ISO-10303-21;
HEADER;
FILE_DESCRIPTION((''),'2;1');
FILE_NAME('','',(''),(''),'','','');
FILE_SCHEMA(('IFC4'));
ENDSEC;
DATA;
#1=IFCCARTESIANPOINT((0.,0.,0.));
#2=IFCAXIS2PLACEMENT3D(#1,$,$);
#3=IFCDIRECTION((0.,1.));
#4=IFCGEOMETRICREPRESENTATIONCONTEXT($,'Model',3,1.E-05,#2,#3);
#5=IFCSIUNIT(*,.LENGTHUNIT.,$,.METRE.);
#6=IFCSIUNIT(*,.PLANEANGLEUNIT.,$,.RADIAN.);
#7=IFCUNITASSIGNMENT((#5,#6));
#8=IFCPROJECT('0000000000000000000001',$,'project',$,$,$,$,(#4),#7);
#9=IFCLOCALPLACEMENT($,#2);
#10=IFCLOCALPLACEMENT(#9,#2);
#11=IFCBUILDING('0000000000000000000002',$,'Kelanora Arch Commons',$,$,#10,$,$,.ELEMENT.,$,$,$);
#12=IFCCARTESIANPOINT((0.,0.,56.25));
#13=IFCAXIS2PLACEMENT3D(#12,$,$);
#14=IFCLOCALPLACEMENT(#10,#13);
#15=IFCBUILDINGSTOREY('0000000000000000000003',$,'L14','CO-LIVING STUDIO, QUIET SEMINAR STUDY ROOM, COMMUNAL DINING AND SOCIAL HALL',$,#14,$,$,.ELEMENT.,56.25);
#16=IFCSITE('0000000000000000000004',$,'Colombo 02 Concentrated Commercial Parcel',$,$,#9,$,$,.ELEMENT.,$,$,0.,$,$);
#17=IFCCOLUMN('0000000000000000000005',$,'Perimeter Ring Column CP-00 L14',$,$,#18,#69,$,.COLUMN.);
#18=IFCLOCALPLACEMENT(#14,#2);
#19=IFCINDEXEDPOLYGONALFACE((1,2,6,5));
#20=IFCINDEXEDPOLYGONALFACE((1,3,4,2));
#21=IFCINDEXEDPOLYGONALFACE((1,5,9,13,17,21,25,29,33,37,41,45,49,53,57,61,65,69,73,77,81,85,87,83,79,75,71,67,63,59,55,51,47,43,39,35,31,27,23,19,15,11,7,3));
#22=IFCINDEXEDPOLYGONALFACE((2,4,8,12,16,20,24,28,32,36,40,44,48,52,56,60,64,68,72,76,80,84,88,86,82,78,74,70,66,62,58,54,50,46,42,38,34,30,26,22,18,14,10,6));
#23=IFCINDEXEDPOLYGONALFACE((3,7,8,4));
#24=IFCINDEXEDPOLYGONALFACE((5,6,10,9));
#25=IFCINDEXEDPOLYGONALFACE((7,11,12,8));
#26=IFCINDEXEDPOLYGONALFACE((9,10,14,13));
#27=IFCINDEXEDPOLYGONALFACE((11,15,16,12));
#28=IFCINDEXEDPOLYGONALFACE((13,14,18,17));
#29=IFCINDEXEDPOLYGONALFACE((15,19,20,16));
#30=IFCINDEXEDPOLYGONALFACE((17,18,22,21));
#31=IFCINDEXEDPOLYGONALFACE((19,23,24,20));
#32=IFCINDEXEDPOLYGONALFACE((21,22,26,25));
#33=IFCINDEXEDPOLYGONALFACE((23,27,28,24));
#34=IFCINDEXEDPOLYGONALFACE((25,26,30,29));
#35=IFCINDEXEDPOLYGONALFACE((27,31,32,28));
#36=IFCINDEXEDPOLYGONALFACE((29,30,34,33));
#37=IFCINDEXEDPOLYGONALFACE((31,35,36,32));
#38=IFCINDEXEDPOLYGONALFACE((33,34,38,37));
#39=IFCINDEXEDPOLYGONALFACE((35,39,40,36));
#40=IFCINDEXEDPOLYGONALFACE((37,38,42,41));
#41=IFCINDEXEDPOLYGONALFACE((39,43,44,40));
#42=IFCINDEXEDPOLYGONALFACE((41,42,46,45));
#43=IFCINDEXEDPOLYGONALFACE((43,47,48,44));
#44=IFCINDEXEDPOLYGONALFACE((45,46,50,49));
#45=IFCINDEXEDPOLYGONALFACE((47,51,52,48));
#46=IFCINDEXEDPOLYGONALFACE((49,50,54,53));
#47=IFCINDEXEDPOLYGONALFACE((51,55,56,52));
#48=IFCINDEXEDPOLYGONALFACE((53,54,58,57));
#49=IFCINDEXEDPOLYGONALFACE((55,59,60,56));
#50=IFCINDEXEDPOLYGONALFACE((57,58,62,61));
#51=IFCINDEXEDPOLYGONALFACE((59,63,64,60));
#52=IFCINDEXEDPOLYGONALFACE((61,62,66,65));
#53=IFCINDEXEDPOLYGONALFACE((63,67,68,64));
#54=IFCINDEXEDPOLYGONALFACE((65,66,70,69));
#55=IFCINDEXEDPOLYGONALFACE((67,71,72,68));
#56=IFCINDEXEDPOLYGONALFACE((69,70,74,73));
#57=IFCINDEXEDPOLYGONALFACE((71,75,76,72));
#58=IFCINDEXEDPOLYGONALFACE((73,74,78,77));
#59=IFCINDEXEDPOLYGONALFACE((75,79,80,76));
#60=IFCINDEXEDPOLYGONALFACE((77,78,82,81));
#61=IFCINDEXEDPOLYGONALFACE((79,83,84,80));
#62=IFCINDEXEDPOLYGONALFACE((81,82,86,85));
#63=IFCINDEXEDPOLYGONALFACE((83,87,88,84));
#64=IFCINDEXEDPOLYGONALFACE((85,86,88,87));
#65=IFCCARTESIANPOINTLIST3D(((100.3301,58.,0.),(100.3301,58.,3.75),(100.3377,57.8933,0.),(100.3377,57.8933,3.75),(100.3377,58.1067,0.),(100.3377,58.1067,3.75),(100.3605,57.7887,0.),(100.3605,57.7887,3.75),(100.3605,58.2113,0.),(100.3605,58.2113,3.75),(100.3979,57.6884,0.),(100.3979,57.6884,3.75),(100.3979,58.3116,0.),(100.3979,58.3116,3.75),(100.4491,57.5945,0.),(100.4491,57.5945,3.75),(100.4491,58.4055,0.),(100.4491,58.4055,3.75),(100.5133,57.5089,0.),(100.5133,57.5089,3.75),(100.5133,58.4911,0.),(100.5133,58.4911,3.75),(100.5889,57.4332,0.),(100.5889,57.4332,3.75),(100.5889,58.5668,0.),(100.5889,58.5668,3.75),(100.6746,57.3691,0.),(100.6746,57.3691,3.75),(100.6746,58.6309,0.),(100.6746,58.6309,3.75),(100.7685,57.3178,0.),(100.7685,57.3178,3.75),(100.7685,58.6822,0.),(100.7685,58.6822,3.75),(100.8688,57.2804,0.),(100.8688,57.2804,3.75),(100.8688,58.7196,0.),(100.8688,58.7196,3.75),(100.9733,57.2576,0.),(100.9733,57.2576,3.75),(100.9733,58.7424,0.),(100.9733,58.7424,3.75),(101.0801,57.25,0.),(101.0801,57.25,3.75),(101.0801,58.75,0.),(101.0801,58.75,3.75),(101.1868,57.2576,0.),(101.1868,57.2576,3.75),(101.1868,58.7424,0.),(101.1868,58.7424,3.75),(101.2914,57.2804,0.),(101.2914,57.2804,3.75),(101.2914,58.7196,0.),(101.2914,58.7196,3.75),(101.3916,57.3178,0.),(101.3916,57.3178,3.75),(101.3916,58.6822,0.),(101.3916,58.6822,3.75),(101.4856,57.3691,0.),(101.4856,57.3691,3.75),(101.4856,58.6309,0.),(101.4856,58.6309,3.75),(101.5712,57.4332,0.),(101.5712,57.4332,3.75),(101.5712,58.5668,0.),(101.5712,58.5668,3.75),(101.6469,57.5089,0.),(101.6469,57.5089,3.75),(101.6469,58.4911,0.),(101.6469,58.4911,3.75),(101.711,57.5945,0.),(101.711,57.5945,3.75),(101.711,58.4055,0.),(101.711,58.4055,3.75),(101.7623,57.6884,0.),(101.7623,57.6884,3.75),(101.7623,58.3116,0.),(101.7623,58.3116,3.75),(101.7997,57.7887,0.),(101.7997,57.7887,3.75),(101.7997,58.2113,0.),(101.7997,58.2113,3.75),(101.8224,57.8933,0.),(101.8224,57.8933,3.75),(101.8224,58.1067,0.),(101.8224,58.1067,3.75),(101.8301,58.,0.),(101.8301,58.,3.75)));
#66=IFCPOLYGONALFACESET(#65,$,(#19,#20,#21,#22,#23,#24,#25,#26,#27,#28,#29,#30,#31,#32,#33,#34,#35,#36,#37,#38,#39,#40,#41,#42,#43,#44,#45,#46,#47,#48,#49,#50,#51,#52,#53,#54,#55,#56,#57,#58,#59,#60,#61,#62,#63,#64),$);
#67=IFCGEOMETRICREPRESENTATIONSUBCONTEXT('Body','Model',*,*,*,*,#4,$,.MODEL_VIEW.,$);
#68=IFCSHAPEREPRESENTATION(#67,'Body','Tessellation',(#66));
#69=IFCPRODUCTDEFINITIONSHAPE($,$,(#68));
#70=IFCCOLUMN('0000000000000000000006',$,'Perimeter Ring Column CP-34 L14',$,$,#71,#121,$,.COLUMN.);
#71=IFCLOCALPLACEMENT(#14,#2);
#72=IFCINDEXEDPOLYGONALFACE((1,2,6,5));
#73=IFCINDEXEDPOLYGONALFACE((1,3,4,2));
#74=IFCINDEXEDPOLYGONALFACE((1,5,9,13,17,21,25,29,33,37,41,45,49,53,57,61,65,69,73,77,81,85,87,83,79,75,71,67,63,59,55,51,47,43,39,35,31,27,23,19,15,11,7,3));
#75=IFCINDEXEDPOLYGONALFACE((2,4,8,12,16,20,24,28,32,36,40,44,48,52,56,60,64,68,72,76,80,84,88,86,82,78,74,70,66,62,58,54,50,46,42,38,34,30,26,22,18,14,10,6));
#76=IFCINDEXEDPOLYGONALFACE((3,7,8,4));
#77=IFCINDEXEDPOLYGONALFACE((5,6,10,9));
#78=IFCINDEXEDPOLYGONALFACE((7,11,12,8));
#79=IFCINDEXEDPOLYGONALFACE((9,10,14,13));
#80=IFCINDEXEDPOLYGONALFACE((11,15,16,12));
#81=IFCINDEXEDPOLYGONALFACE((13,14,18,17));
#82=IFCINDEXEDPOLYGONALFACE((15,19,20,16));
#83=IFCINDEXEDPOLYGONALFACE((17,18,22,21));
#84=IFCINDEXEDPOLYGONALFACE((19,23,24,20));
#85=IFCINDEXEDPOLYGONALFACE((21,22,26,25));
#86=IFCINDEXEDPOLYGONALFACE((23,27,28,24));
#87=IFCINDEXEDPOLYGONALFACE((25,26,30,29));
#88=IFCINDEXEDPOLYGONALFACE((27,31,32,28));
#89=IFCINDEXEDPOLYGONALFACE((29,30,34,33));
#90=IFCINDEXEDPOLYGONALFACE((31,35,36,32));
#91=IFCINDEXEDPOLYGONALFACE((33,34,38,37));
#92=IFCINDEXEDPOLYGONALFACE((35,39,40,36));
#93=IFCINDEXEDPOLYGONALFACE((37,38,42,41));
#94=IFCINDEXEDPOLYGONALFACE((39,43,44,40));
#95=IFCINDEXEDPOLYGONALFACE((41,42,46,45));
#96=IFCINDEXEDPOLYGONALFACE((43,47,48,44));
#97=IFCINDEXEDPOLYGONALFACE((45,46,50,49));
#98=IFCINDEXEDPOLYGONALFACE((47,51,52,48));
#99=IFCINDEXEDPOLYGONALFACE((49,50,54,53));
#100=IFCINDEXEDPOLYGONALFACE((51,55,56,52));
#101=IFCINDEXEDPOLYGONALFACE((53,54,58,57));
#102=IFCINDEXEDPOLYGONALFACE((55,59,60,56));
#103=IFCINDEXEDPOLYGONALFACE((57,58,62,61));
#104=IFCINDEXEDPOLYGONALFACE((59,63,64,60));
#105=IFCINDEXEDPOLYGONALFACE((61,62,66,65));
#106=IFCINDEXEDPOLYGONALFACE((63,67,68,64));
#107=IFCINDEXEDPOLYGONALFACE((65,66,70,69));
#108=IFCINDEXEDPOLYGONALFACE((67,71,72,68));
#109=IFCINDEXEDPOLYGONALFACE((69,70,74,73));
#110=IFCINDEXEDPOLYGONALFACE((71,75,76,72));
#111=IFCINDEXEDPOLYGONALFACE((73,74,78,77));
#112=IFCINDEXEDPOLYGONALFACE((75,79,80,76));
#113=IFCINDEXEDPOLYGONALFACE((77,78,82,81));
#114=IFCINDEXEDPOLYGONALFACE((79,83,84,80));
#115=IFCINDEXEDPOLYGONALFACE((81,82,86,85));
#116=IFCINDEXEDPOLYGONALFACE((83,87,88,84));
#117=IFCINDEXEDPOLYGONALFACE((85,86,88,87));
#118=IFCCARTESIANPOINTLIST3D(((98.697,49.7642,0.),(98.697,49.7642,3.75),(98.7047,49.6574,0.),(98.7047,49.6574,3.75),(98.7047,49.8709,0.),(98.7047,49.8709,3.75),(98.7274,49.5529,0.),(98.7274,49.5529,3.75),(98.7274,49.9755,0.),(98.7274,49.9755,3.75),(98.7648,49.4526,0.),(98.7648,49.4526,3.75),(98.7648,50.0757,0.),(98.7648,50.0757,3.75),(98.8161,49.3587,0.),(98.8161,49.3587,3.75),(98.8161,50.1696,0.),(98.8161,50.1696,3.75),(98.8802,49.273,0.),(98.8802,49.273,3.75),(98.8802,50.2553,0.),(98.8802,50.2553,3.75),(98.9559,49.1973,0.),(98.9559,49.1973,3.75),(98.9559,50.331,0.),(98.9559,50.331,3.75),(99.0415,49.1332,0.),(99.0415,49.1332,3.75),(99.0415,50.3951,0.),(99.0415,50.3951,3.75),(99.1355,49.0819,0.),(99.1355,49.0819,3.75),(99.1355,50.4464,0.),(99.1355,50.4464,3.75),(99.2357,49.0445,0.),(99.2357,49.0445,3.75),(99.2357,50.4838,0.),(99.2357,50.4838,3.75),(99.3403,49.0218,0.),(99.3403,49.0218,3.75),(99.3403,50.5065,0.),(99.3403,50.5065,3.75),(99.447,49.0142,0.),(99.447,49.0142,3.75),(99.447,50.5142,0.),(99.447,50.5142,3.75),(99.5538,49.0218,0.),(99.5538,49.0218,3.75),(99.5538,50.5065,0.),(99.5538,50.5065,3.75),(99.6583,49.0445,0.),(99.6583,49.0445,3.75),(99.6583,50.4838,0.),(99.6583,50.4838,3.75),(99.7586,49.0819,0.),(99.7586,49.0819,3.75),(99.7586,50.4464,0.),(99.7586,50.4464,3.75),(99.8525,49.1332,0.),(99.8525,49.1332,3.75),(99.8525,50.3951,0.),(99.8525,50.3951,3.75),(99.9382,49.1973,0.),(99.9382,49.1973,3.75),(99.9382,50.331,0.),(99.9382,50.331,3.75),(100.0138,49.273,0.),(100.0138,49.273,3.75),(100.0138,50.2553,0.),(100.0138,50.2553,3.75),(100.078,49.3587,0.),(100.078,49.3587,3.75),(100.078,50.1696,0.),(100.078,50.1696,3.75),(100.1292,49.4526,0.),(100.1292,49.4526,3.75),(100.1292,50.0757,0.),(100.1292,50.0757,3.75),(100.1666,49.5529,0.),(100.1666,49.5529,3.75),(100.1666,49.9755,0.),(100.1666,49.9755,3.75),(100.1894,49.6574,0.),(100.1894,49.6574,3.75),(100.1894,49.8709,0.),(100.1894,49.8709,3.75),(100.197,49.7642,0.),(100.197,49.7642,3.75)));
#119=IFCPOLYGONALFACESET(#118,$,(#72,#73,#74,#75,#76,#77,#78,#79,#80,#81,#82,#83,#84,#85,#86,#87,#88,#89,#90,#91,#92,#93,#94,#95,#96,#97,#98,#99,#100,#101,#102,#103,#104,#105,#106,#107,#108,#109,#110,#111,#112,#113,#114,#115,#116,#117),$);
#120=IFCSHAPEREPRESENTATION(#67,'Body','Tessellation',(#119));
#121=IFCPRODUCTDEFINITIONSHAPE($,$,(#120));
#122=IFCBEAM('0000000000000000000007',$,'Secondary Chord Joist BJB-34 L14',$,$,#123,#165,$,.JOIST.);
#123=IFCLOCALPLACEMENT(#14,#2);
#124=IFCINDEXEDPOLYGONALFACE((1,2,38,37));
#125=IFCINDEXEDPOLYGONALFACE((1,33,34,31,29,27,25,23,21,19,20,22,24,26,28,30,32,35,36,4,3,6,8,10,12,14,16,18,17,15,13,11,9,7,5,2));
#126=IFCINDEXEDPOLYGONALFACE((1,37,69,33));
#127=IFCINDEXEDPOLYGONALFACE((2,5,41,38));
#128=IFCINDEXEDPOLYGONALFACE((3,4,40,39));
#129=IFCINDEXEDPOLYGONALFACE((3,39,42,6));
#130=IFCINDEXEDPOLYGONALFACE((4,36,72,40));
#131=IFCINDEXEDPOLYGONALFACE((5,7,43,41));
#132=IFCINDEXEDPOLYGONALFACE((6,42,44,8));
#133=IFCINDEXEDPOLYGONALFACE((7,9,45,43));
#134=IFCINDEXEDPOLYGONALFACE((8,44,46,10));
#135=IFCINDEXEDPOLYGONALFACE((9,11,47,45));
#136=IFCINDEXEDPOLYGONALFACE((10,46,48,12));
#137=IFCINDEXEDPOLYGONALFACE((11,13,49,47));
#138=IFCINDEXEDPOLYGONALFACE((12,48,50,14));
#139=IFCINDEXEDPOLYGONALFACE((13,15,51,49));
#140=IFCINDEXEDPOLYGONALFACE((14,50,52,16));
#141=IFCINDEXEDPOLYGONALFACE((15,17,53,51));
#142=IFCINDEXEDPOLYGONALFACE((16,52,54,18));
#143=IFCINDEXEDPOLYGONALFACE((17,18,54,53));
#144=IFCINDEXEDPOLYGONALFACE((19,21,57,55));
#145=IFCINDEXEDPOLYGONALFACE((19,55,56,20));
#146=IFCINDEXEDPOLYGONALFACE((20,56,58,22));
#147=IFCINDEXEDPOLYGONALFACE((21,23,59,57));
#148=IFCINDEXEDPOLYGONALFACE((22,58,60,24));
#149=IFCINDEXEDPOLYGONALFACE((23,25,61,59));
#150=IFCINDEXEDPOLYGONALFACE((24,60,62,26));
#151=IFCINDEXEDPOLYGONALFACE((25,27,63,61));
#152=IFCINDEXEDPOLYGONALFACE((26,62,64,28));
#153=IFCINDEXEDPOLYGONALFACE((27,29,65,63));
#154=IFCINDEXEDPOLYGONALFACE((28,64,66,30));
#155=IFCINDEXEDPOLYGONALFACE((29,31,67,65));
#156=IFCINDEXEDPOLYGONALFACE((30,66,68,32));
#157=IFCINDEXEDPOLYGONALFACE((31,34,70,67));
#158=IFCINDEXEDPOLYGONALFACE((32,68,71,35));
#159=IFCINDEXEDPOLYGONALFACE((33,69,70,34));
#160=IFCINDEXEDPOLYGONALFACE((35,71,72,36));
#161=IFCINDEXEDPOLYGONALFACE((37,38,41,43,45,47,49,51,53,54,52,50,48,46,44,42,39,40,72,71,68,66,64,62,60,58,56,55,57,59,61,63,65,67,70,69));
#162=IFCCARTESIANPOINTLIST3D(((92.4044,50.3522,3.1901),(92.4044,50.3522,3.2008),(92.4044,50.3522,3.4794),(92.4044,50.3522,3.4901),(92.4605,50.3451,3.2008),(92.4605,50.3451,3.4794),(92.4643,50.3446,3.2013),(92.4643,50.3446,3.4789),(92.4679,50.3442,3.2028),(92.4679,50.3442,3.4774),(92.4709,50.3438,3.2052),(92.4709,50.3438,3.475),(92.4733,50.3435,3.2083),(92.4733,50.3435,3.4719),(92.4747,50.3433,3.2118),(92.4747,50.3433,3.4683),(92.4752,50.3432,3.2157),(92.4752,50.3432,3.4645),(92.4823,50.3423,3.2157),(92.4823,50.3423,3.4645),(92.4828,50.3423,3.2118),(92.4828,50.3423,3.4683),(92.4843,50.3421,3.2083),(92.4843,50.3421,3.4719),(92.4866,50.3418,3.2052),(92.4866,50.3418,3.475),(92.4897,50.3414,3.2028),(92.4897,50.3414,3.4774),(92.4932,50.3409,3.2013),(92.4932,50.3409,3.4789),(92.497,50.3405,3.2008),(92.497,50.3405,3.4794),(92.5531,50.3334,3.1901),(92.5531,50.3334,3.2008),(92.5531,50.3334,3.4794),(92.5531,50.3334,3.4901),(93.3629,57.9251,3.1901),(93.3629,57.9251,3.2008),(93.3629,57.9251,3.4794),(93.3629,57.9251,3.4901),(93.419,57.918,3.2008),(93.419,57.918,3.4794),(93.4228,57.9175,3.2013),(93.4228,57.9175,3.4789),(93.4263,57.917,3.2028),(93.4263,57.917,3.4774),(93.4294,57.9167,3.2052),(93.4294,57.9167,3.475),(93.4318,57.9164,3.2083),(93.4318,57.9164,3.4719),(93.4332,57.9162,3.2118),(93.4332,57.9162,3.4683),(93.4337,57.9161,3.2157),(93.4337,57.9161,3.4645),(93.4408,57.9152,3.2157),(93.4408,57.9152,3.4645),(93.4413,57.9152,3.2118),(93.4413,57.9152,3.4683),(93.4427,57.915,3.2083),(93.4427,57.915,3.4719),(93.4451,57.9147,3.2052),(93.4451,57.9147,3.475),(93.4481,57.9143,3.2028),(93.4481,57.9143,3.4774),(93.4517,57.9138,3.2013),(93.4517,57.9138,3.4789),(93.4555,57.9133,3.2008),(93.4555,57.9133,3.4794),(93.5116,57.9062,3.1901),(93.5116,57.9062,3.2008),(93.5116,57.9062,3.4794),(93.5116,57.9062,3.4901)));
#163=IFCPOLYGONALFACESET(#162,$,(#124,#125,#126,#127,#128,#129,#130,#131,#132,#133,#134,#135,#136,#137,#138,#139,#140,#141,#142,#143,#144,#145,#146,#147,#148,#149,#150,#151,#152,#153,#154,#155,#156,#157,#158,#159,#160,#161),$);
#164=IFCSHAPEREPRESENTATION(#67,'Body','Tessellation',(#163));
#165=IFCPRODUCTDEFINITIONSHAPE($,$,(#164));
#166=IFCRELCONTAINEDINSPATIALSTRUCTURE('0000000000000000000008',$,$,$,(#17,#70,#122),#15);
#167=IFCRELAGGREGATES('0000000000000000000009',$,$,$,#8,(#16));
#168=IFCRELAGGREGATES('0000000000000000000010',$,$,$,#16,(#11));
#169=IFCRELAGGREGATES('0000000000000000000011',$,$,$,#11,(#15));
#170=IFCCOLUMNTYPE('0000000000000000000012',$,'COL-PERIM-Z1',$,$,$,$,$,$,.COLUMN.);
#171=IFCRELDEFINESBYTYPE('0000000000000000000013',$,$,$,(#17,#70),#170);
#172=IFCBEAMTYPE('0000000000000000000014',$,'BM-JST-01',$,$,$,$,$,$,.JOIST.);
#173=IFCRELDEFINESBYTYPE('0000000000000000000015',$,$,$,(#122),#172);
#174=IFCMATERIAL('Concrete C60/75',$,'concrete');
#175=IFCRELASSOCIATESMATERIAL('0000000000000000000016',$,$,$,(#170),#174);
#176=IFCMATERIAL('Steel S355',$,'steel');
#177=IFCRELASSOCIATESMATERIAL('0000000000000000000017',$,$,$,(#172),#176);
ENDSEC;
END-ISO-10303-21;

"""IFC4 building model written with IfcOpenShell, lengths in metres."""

from ifc_helpers import new_model, si_unit, direction, frame, origin, origin_2d, place, context, subcontext, project, spatial, circle, i_section, extrude, material, material_profile, profile_set, type_object, element, save


model = new_model("IFC4")

# Units and contexts
model_context = context("Model", 3, precision=1e-05, world=origin(), true_north=direction((0.0, 1.0)))
body_context = subcontext(model_context, "Body", "Model", "MODEL_VIEW")
ifc_project = project(units=[si_unit("LENGTHUNIT", "METRE"), si_unit("PLANEANGLEUNIT", "RADIAN")], contexts=[model_context])

# Site, building, storey
site_placement = place(None, origin())
site = spatial("IfcSite", under=ifc_project, at=site_placement, Name="Colombo 02 Concentrated Commercial Parcel", CompositionType="ELEMENT", RefElevation=0.0)
building_placement = place(site_placement, origin())
building = spatial("IfcBuilding", under=site, at=building_placement, Name="Kelanora Arch Commons", CompositionType="ELEMENT")
storey_placement = place(building_placement, frame((0.0, 0.0, 56.25)))
storey = spatial("IfcBuildingStorey", under=building, at=storey_placement, Name="L14", Description="CO-LIVING STUDIO, QUIET SEMINAR STUDY ROOM, COMMUNAL DINING AND SOCIAL HALL", CompositionType="ELEMENT", Elevation=56.25)

# Columns
ifc_material_1 = material(Name="Concrete C60/75", Category="concrete")
ifc_material_profile_1 = material_profile(ifc_material_1, circle(Radius=0.75, at=origin_2d()), Name="RCC1500")
ifc_profile_set_1 = profile_set([ifc_material_profile_1], Name="Concrete C60/75")
column_type = type_object("IfcColumnType", Name="COL-PERIM-Z1", PredefinedType="COLUMN", material=ifc_profile_set_1)
for number, where, z_axis, x_axis, name in (
    (1, (101.0801, 58.0, 0.0), (0.0, 0.0, 1.0), (1.0, 0.0, 0.0), "Perimeter Ring Column CP-00 L14"),
    (2, (99.447, 49.7642, 0.0), (0.0, 0.0, 1.0), (1.0, 0.0, 0.0), "Perimeter Ring Column CP-34 L14"),
):
    element("IfcColumn", number, at=place(storey_placement, frame(where, z_axis=z_axis, x_axis=x_axis)), inside=storey, type_object=column_type, Name=name, PredefinedType="COLUMN", context=body_context, shape_type="SweptSolid", body=[
        extrude(circle(Radius=0.75, at=origin_2d()), origin(), (0.0, 0.0, 1.0), 3.75),
    ])

# Beam
ifc_material_2 = material(Name="Steel S355", Category="steel")
ifc_material_profile_2 = material_profile(ifc_material_2, i_section(OverallWidth=0.1499, OverallDepth=0.3, WebThickness=0.0071, FlangeThickness=0.0107, FilletRadius=0.0149, at=origin_2d()), Name="IPE300")
ifc_profile_set_2 = profile_set([ifc_material_profile_2], Name="Steel S355")
beam_type_1 = type_object("IfcBeamType", Name="BM-JST-01", PredefinedType="JOIST", material=ifc_profile_set_2)
beam_1_placement = place(storey_placement, frame((92.4788, 50.3428, 3.3401), z_axis=(0.125566, 0.992085, 0.0), x_axis=(-0.992085, 0.125566, 0.0)))
element("IfcBeam", 3, at=beam_1_placement, inside=storey, type_object=beam_type_1, Name="Secondary Chord Joist BJB-34 L14", PredefinedType="JOIST", context=body_context, shape_type="SweptSolid", body=[
    extrude(i_section(OverallWidth=0.1499, OverallDepth=0.3, WebThickness=0.0071, FlangeThickness=0.0107, FilletRadius=0.0149, at=origin_2d()), origin(), (0.0, 0.0, 1.0), 7.6333),
])

save(model, "model.ifc")
